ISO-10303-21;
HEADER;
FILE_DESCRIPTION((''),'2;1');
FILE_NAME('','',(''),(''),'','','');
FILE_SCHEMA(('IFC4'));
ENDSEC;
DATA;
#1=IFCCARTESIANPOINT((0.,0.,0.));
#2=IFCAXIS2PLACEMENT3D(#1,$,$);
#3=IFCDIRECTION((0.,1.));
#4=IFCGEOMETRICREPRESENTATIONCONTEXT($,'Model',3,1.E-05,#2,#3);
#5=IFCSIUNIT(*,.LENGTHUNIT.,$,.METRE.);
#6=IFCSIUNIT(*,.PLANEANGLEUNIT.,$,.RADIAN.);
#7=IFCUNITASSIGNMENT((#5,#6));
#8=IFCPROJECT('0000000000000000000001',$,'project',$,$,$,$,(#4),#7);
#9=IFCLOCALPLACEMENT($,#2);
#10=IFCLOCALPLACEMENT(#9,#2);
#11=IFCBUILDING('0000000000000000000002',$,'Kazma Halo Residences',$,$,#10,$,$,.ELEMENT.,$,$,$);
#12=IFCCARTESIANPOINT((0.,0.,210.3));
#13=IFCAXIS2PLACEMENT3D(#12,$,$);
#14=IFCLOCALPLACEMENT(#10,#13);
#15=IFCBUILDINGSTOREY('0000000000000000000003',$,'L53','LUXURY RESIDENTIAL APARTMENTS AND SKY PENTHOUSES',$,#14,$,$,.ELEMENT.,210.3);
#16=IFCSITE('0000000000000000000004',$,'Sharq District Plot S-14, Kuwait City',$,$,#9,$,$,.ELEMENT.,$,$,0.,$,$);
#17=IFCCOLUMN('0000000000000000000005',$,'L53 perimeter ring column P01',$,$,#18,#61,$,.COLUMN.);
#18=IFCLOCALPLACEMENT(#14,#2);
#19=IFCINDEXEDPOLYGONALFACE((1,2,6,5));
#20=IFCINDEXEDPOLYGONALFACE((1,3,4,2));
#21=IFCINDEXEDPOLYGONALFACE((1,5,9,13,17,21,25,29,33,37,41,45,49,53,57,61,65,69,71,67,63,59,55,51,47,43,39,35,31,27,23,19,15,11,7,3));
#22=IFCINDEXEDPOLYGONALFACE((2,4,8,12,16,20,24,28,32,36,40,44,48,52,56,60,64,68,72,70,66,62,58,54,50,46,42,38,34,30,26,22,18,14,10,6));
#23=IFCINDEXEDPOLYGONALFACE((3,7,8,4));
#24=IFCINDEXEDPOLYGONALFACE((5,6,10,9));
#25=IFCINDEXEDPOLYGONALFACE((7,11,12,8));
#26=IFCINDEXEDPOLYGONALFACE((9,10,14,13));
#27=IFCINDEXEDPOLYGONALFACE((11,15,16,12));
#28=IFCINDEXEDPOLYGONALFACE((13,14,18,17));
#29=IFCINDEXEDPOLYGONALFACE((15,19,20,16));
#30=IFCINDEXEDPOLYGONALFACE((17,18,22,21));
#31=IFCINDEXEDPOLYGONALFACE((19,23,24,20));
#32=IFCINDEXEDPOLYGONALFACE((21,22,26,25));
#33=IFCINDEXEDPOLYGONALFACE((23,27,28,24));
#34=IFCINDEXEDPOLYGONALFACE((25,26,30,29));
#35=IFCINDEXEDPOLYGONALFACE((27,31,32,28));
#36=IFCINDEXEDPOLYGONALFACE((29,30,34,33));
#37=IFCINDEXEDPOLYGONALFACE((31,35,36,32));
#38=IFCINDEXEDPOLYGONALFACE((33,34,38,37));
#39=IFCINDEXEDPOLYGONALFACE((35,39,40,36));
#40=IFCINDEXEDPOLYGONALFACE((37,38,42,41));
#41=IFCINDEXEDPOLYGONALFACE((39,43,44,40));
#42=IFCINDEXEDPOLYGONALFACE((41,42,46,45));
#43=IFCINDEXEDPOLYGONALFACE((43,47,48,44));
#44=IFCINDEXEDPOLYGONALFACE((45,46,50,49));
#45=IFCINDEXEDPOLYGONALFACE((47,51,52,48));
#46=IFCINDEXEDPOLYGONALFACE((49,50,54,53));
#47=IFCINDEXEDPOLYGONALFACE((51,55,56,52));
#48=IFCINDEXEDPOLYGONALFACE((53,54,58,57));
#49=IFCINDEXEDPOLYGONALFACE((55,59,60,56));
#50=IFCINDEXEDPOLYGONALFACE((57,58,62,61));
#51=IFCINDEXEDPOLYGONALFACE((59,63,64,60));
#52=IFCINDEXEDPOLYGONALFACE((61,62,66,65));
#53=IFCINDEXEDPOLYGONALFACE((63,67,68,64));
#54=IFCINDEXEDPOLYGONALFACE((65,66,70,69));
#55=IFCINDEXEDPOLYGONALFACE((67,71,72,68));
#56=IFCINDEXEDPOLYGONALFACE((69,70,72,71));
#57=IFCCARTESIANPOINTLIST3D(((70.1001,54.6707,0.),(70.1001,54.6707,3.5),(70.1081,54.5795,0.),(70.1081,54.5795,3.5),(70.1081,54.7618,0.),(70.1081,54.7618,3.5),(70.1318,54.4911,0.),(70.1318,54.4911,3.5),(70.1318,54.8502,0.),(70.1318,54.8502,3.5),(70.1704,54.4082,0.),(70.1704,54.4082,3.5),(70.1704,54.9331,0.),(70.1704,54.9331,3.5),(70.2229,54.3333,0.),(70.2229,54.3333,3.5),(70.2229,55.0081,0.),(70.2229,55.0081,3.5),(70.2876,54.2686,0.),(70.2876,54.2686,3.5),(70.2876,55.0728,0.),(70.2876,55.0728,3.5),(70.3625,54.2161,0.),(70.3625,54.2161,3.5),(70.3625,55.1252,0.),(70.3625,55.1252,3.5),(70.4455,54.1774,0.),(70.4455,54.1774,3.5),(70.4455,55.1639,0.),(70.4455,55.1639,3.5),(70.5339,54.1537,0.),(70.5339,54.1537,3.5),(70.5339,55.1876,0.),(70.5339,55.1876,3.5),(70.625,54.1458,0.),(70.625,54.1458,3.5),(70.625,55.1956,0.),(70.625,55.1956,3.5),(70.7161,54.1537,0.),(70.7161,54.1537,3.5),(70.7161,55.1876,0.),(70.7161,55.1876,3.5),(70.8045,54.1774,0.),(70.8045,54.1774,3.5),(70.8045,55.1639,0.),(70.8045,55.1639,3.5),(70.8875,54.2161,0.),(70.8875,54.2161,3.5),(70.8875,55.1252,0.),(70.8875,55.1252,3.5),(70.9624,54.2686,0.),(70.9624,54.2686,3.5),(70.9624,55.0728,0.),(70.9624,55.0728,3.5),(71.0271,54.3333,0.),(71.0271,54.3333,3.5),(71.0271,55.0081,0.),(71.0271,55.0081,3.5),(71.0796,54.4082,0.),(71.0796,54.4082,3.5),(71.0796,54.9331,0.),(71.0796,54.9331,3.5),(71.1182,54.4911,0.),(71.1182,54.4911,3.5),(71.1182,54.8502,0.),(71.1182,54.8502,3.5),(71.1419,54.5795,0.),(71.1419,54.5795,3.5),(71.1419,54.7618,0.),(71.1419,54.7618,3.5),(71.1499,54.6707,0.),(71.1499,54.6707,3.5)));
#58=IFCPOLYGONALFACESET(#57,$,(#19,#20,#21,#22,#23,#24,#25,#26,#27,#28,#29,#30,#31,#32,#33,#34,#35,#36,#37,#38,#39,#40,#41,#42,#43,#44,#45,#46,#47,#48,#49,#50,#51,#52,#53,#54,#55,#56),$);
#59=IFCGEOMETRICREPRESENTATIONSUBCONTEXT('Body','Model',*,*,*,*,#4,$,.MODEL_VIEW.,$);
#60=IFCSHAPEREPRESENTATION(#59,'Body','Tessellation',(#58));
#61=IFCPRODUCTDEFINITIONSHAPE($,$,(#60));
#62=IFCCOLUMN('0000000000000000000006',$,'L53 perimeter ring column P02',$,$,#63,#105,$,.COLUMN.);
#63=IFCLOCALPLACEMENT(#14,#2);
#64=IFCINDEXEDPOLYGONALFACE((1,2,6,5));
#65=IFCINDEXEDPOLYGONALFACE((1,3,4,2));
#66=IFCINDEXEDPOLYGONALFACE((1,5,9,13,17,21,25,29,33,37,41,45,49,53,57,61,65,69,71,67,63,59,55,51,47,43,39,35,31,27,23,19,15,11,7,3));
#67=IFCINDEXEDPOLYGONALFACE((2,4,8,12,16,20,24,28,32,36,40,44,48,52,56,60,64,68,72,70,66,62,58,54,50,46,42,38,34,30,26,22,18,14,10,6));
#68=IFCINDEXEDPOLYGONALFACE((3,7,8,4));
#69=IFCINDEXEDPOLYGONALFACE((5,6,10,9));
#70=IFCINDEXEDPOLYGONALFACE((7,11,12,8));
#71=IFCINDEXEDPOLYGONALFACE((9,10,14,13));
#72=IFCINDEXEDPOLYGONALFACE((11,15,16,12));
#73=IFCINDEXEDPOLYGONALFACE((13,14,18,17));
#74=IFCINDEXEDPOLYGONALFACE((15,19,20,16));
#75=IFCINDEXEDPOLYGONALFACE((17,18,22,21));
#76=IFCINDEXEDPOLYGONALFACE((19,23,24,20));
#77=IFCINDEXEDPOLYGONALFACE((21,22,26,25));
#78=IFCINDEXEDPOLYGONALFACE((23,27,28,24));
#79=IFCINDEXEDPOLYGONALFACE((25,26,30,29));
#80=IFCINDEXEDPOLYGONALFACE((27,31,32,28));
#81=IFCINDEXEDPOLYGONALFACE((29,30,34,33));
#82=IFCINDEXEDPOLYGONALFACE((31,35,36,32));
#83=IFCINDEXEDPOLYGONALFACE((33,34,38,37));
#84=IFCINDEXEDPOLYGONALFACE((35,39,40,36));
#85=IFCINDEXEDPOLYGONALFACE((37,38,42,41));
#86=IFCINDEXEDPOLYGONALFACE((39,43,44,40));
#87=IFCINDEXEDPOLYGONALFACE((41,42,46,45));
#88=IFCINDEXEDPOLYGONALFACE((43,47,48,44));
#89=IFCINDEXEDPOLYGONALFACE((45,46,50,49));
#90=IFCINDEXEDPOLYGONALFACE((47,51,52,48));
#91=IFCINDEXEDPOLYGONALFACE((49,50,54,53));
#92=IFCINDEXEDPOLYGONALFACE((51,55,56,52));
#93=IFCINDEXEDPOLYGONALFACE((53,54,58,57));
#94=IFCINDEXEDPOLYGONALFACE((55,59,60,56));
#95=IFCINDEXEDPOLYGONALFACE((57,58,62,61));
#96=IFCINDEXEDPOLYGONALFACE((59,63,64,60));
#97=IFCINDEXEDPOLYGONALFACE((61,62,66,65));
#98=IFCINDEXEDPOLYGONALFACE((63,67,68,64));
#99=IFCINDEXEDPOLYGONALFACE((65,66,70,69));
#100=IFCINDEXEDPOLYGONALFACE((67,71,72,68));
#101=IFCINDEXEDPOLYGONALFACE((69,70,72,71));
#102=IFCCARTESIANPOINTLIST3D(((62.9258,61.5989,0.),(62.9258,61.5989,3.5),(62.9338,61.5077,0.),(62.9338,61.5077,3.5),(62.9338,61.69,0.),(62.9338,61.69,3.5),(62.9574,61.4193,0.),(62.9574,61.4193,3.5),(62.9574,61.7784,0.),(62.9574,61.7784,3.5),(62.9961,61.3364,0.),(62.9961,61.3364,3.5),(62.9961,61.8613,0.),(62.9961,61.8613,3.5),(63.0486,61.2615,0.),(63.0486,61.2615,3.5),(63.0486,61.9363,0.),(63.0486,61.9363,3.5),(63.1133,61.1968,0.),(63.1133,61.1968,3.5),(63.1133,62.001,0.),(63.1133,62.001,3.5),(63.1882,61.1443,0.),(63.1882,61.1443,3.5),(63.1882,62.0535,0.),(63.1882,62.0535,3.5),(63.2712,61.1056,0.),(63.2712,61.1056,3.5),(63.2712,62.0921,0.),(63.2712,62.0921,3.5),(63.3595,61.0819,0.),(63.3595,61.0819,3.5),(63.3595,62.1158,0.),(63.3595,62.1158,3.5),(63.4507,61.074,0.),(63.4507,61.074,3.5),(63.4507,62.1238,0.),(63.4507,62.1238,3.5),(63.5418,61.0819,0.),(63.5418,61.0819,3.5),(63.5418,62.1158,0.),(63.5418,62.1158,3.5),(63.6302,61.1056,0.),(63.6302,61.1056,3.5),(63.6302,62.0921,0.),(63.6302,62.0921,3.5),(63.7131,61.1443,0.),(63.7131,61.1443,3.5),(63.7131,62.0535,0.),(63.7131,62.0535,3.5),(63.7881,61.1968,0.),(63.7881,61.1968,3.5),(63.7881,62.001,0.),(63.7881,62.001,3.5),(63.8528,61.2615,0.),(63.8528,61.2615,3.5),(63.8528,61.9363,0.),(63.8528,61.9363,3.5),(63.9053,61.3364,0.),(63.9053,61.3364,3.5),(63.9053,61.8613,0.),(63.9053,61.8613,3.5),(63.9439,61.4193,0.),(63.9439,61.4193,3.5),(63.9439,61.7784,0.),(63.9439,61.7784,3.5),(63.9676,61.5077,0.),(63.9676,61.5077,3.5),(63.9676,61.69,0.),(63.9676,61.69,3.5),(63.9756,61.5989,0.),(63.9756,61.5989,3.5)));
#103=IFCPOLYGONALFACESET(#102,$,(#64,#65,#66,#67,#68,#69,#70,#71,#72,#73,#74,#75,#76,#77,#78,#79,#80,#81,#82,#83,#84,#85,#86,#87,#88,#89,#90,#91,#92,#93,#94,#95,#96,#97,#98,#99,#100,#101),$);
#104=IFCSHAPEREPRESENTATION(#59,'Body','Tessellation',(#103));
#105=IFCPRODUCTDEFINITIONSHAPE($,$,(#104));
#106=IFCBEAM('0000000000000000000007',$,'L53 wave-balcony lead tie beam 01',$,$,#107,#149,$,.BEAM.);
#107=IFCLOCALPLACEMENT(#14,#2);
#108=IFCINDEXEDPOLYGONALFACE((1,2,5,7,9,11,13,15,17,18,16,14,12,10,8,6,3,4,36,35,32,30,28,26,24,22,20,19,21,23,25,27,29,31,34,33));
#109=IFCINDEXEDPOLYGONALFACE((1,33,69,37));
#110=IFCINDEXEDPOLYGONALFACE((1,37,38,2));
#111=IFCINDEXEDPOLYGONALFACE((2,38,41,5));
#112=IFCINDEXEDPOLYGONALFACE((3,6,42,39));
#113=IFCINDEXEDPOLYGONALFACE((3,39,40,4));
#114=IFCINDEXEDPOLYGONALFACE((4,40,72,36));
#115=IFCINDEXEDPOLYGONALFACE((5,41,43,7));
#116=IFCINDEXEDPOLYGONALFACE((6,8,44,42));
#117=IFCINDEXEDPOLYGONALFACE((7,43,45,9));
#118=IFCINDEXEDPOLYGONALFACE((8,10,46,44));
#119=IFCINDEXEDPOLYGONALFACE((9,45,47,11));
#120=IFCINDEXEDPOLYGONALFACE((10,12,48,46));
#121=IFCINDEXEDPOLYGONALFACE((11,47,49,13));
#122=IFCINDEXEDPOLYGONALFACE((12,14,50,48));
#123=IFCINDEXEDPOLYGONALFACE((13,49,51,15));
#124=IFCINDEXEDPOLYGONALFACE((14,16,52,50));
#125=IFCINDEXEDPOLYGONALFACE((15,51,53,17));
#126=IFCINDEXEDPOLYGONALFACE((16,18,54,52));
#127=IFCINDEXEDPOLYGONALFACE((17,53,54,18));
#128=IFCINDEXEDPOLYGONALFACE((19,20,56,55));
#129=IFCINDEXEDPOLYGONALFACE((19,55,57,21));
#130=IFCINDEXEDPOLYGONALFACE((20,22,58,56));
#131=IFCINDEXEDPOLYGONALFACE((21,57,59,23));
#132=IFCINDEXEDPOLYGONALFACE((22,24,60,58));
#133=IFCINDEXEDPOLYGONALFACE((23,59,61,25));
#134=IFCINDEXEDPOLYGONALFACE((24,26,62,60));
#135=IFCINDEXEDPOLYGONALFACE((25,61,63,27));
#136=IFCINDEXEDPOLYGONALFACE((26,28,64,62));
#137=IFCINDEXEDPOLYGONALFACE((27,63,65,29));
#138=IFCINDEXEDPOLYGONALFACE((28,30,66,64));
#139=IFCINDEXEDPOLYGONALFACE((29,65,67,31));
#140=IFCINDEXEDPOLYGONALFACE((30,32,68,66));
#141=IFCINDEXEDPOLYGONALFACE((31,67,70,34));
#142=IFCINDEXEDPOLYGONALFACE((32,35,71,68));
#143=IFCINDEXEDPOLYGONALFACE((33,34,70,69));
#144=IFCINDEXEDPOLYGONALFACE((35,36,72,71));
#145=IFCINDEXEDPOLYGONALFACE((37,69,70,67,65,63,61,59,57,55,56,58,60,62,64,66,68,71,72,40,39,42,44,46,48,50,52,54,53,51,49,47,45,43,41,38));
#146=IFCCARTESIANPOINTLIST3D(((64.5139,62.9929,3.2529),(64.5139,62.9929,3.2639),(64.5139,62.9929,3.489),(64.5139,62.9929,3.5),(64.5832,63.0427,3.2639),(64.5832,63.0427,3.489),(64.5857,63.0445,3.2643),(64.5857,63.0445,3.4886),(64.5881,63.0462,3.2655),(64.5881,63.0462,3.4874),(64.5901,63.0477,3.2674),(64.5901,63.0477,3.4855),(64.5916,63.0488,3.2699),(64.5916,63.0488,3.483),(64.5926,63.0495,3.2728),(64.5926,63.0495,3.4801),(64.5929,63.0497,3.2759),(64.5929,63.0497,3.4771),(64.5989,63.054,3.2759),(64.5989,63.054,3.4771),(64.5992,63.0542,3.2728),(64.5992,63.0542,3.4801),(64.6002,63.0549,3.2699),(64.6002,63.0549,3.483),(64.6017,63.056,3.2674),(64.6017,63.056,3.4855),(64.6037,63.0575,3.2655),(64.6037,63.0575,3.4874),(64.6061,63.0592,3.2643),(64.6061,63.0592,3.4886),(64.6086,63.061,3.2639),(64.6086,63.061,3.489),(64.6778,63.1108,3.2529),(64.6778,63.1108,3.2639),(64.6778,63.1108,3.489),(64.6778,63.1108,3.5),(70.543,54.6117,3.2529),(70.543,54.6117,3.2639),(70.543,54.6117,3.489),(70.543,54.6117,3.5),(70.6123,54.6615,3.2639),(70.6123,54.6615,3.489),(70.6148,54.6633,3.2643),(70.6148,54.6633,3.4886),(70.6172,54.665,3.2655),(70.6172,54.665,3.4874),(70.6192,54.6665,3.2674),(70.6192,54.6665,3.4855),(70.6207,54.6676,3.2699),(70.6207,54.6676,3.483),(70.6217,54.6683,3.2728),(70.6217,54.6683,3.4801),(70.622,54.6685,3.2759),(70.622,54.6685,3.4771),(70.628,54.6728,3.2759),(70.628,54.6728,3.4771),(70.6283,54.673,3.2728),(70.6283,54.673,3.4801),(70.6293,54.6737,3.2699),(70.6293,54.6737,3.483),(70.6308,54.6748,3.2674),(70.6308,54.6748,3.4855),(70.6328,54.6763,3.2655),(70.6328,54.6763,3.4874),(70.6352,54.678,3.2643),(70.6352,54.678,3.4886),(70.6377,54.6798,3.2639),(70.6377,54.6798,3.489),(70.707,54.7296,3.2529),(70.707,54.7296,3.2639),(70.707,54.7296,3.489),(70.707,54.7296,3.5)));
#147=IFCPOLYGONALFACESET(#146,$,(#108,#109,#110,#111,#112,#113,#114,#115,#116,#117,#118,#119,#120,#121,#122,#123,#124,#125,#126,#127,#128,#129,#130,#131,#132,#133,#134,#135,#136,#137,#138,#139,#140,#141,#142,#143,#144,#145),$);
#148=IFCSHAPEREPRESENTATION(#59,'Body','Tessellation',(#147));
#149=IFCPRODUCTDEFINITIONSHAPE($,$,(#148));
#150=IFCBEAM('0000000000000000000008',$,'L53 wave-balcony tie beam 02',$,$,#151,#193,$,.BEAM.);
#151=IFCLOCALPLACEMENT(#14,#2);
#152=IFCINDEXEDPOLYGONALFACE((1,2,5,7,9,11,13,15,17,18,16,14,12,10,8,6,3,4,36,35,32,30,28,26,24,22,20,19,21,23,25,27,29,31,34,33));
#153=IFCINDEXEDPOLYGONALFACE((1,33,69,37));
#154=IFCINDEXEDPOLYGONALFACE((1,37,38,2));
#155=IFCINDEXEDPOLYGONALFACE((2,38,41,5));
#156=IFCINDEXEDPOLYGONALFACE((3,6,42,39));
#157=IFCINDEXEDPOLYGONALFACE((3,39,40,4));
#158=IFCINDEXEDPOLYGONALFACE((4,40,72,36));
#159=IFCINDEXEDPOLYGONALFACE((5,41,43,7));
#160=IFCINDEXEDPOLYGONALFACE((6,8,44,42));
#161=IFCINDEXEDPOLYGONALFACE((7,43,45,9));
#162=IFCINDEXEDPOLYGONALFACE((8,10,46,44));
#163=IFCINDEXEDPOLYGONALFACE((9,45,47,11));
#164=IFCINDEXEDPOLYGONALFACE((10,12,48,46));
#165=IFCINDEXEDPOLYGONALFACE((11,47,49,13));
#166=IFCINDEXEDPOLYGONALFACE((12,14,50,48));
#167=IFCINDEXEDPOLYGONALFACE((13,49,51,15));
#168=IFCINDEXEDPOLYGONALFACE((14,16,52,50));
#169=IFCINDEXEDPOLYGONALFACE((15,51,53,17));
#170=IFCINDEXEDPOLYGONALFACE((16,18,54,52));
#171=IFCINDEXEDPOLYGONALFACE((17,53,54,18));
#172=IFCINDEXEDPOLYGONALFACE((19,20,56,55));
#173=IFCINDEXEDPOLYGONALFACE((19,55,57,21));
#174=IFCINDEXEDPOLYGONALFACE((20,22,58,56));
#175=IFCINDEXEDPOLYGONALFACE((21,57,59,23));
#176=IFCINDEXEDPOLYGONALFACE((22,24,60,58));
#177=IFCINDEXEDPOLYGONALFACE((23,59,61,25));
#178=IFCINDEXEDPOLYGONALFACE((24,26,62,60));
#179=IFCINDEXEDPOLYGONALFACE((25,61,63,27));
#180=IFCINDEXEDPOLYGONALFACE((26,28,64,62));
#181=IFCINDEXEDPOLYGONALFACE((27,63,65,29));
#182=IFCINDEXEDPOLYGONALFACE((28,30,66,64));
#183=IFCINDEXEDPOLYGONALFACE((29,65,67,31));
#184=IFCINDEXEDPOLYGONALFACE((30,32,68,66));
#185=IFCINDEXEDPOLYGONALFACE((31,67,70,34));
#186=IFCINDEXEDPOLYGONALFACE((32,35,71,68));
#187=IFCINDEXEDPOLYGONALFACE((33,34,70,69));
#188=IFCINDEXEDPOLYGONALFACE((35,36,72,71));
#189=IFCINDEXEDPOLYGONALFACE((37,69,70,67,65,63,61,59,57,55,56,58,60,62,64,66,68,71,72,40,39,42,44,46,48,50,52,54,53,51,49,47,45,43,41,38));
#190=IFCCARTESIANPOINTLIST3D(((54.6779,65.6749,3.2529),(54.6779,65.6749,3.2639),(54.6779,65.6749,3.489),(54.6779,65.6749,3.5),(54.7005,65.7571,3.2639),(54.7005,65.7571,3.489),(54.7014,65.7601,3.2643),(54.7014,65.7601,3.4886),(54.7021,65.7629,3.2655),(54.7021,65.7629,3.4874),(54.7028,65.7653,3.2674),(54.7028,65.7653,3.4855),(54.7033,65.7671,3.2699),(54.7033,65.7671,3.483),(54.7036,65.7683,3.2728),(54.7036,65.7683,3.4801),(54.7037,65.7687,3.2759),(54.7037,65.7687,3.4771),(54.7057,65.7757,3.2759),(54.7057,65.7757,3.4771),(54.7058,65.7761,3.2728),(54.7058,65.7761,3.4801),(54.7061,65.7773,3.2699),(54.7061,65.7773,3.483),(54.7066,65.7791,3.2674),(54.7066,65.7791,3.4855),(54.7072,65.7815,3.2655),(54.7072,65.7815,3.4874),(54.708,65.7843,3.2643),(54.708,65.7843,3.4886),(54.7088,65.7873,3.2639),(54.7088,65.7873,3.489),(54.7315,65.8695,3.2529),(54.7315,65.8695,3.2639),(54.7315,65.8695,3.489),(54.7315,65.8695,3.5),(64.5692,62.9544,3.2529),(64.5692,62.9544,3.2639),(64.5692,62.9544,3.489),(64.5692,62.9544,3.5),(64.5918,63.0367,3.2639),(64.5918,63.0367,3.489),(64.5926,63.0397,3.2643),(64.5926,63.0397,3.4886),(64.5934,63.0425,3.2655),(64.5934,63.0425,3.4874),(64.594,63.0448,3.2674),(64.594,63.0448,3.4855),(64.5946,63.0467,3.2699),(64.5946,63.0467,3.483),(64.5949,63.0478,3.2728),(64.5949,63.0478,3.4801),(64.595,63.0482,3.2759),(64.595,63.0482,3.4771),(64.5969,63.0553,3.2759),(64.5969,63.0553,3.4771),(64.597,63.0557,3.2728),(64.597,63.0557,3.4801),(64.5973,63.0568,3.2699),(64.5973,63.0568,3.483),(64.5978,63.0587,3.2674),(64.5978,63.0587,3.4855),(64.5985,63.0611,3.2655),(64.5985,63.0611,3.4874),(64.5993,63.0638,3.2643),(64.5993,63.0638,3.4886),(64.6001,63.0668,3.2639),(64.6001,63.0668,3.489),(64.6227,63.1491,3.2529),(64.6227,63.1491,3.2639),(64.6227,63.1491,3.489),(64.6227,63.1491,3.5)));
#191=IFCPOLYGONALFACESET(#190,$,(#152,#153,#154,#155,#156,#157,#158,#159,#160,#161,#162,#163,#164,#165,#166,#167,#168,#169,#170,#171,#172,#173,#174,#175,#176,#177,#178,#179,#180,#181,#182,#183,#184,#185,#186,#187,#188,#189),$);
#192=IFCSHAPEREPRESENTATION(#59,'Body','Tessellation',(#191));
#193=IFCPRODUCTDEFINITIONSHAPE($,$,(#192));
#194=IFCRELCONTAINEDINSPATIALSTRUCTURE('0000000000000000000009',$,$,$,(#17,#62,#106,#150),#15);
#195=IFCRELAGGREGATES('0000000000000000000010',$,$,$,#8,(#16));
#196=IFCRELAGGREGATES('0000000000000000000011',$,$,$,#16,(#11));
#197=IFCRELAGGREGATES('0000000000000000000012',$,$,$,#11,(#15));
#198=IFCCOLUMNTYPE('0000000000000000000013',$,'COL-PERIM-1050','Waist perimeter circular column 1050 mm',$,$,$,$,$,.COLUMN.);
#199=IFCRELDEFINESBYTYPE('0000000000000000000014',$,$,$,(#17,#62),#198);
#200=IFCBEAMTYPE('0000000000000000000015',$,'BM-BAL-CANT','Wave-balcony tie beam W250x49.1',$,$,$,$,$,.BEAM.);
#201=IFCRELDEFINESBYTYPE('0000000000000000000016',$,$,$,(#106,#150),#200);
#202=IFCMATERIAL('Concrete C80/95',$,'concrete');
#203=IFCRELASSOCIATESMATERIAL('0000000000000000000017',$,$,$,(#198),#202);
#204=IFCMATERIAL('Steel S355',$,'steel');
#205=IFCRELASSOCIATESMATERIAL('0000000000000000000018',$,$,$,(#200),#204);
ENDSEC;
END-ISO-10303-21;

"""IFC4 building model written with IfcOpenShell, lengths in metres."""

from ifc_helpers import new_model, si_unit, direction, frame, origin, origin_2d, place, context, subcontext, project, spatial, circle, i_section, extrude, material, material_profile, profile_set, type_object, element, save


model = new_model("IFC4")

# Units and contexts
model_context = context("Model", 3, precision=1e-05, world=origin(), true_north=direction((0.0, 1.0)))
body_context = subcontext(model_context, "Body", "Model", "MODEL_VIEW")
ifc_project = project(units=[si_unit("LENGTHUNIT", "METRE"), si_unit("PLANEANGLEUNIT", "RADIAN")], contexts=[model_context])

# Site, building, storey
site_placement = place(None, origin())
site = spatial("IfcSite", under=ifc_project, at=site_placement, Name="Sharq District Plot S-14, Kuwait City", CompositionType="ELEMENT", RefElevation=0.0)
building_placement = place(site_placement, origin())
building = spatial("IfcBuilding", under=site, at=building_placement, Name="Kazma Halo Residences", CompositionType="ELEMENT")
storey_placement = place(building_placement, frame((0.0, 0.0, 210.3)))
storey = spatial("IfcBuildingStorey", under=building, at=storey_placement, Name="L53", Description="LUXURY RESIDENTIAL APARTMENTS AND SKY PENTHOUSES", CompositionType="ELEMENT", Elevation=210.3)

# Columns
ifc_material_1 = material(Name="Concrete C80/95", Category="concrete")
ifc_material_profile_1 = material_profile(ifc_material_1, circle(Radius=0.5249, at=origin_2d()), Name="CIRC1050")
ifc_profile_set_1 = profile_set([ifc_material_profile_1], Name="Concrete C80/95")
column_type = type_object("IfcColumnType", Name="COL-PERIM-1050", Description="Waist perimeter circular column 1050 mm", PredefinedType="COLUMN", material=ifc_profile_set_1)
for number, where, z_axis, x_axis, name in (
    (1, (70.625, 54.6707, 0.0), (0.0, 0.0, 1.0), (1.0, 0.0, 0.0), "L53 perimeter ring column P01"),
    (2, (63.4507, 61.5989, 0.0), (0.0, 0.0, 1.0), (1.0, 0.0, 0.0), "L53 perimeter ring column P02"),
):
    element("IfcColumn", number, at=place(storey_placement, frame(where, z_axis=z_axis, x_axis=x_axis)), inside=storey, type_object=column_type, Name=name, PredefinedType="COLUMN", context=body_context, shape_type="SweptSolid", body=[
        extrude(circle(Radius=0.5249, at=origin_2d()), origin(), (0.0, 0.0, 1.0), 3.5),
    ])

# Beams
ifc_material_2 = material(Name="Steel S355", Category="steel")
ifc_material_profile_2 = material_profile(ifc_material_2, i_section(OverallWidth=0.2019, OverallDepth=0.2471, WebThickness=0.0073, FlangeThickness=0.011, FilletRadius=0.012, at=origin_2d()), Name="W250x49.1")
ifc_profile_set_2 = profile_set([ifc_material_profile_2], Name="Steel S355")
beam_type_1 = type_object("IfcBeamType", Name="BM-BAL-CANT", Description="Wave-balcony tie beam W250x49.1", PredefinedType="BEAM", material=ifc_profile_set_2)
beam_1_placement = place(storey_placement, frame((70.625, 54.6707, 3.3765), z_axis=(-0.583964, 0.81178, 0.0), x_axis=(-0.81178, -0.583964, 0.0)))
element("IfcBeam", 3, at=beam_1_placement, inside=storey, type_object=beam_type_1, Name="L53 wave-balcony lead tie beam 01", PredefinedType="BEAM", context=body_context, shape_type="SweptSolid", body=[
    extrude(i_section(OverallWidth=0.2019, OverallDepth=0.2471, WebThickness=0.0073, FlangeThickness=0.011, FilletRadius=0.012, at=origin_2d()), origin(), (0.0, 0.0, 1.0), 10.3245),
])
beam_2_placement = place(storey_placement, frame((64.5959, 63.0518, 3.3765), z_axis=(-0.964197, 0.265187, 0.0), x_axis=(-0.265187, -0.964197, 0.0)))
element("IfcBeam", 4, at=beam_2_placement, inside=storey, type_object=beam_type_1, Name="L53 wave-balcony tie beam 02", PredefinedType="BEAM", context=body_context, shape_type="SweptSolid", body=[
    extrude(i_section(OverallWidth=0.2019, OverallDepth=0.2471, WebThickness=0.0073, FlangeThickness=0.011, FilletRadius=0.012, at=origin_2d()), origin(), (0.0, 0.0, 1.0), 10.2585),
])

save(model, "model.ifc")
